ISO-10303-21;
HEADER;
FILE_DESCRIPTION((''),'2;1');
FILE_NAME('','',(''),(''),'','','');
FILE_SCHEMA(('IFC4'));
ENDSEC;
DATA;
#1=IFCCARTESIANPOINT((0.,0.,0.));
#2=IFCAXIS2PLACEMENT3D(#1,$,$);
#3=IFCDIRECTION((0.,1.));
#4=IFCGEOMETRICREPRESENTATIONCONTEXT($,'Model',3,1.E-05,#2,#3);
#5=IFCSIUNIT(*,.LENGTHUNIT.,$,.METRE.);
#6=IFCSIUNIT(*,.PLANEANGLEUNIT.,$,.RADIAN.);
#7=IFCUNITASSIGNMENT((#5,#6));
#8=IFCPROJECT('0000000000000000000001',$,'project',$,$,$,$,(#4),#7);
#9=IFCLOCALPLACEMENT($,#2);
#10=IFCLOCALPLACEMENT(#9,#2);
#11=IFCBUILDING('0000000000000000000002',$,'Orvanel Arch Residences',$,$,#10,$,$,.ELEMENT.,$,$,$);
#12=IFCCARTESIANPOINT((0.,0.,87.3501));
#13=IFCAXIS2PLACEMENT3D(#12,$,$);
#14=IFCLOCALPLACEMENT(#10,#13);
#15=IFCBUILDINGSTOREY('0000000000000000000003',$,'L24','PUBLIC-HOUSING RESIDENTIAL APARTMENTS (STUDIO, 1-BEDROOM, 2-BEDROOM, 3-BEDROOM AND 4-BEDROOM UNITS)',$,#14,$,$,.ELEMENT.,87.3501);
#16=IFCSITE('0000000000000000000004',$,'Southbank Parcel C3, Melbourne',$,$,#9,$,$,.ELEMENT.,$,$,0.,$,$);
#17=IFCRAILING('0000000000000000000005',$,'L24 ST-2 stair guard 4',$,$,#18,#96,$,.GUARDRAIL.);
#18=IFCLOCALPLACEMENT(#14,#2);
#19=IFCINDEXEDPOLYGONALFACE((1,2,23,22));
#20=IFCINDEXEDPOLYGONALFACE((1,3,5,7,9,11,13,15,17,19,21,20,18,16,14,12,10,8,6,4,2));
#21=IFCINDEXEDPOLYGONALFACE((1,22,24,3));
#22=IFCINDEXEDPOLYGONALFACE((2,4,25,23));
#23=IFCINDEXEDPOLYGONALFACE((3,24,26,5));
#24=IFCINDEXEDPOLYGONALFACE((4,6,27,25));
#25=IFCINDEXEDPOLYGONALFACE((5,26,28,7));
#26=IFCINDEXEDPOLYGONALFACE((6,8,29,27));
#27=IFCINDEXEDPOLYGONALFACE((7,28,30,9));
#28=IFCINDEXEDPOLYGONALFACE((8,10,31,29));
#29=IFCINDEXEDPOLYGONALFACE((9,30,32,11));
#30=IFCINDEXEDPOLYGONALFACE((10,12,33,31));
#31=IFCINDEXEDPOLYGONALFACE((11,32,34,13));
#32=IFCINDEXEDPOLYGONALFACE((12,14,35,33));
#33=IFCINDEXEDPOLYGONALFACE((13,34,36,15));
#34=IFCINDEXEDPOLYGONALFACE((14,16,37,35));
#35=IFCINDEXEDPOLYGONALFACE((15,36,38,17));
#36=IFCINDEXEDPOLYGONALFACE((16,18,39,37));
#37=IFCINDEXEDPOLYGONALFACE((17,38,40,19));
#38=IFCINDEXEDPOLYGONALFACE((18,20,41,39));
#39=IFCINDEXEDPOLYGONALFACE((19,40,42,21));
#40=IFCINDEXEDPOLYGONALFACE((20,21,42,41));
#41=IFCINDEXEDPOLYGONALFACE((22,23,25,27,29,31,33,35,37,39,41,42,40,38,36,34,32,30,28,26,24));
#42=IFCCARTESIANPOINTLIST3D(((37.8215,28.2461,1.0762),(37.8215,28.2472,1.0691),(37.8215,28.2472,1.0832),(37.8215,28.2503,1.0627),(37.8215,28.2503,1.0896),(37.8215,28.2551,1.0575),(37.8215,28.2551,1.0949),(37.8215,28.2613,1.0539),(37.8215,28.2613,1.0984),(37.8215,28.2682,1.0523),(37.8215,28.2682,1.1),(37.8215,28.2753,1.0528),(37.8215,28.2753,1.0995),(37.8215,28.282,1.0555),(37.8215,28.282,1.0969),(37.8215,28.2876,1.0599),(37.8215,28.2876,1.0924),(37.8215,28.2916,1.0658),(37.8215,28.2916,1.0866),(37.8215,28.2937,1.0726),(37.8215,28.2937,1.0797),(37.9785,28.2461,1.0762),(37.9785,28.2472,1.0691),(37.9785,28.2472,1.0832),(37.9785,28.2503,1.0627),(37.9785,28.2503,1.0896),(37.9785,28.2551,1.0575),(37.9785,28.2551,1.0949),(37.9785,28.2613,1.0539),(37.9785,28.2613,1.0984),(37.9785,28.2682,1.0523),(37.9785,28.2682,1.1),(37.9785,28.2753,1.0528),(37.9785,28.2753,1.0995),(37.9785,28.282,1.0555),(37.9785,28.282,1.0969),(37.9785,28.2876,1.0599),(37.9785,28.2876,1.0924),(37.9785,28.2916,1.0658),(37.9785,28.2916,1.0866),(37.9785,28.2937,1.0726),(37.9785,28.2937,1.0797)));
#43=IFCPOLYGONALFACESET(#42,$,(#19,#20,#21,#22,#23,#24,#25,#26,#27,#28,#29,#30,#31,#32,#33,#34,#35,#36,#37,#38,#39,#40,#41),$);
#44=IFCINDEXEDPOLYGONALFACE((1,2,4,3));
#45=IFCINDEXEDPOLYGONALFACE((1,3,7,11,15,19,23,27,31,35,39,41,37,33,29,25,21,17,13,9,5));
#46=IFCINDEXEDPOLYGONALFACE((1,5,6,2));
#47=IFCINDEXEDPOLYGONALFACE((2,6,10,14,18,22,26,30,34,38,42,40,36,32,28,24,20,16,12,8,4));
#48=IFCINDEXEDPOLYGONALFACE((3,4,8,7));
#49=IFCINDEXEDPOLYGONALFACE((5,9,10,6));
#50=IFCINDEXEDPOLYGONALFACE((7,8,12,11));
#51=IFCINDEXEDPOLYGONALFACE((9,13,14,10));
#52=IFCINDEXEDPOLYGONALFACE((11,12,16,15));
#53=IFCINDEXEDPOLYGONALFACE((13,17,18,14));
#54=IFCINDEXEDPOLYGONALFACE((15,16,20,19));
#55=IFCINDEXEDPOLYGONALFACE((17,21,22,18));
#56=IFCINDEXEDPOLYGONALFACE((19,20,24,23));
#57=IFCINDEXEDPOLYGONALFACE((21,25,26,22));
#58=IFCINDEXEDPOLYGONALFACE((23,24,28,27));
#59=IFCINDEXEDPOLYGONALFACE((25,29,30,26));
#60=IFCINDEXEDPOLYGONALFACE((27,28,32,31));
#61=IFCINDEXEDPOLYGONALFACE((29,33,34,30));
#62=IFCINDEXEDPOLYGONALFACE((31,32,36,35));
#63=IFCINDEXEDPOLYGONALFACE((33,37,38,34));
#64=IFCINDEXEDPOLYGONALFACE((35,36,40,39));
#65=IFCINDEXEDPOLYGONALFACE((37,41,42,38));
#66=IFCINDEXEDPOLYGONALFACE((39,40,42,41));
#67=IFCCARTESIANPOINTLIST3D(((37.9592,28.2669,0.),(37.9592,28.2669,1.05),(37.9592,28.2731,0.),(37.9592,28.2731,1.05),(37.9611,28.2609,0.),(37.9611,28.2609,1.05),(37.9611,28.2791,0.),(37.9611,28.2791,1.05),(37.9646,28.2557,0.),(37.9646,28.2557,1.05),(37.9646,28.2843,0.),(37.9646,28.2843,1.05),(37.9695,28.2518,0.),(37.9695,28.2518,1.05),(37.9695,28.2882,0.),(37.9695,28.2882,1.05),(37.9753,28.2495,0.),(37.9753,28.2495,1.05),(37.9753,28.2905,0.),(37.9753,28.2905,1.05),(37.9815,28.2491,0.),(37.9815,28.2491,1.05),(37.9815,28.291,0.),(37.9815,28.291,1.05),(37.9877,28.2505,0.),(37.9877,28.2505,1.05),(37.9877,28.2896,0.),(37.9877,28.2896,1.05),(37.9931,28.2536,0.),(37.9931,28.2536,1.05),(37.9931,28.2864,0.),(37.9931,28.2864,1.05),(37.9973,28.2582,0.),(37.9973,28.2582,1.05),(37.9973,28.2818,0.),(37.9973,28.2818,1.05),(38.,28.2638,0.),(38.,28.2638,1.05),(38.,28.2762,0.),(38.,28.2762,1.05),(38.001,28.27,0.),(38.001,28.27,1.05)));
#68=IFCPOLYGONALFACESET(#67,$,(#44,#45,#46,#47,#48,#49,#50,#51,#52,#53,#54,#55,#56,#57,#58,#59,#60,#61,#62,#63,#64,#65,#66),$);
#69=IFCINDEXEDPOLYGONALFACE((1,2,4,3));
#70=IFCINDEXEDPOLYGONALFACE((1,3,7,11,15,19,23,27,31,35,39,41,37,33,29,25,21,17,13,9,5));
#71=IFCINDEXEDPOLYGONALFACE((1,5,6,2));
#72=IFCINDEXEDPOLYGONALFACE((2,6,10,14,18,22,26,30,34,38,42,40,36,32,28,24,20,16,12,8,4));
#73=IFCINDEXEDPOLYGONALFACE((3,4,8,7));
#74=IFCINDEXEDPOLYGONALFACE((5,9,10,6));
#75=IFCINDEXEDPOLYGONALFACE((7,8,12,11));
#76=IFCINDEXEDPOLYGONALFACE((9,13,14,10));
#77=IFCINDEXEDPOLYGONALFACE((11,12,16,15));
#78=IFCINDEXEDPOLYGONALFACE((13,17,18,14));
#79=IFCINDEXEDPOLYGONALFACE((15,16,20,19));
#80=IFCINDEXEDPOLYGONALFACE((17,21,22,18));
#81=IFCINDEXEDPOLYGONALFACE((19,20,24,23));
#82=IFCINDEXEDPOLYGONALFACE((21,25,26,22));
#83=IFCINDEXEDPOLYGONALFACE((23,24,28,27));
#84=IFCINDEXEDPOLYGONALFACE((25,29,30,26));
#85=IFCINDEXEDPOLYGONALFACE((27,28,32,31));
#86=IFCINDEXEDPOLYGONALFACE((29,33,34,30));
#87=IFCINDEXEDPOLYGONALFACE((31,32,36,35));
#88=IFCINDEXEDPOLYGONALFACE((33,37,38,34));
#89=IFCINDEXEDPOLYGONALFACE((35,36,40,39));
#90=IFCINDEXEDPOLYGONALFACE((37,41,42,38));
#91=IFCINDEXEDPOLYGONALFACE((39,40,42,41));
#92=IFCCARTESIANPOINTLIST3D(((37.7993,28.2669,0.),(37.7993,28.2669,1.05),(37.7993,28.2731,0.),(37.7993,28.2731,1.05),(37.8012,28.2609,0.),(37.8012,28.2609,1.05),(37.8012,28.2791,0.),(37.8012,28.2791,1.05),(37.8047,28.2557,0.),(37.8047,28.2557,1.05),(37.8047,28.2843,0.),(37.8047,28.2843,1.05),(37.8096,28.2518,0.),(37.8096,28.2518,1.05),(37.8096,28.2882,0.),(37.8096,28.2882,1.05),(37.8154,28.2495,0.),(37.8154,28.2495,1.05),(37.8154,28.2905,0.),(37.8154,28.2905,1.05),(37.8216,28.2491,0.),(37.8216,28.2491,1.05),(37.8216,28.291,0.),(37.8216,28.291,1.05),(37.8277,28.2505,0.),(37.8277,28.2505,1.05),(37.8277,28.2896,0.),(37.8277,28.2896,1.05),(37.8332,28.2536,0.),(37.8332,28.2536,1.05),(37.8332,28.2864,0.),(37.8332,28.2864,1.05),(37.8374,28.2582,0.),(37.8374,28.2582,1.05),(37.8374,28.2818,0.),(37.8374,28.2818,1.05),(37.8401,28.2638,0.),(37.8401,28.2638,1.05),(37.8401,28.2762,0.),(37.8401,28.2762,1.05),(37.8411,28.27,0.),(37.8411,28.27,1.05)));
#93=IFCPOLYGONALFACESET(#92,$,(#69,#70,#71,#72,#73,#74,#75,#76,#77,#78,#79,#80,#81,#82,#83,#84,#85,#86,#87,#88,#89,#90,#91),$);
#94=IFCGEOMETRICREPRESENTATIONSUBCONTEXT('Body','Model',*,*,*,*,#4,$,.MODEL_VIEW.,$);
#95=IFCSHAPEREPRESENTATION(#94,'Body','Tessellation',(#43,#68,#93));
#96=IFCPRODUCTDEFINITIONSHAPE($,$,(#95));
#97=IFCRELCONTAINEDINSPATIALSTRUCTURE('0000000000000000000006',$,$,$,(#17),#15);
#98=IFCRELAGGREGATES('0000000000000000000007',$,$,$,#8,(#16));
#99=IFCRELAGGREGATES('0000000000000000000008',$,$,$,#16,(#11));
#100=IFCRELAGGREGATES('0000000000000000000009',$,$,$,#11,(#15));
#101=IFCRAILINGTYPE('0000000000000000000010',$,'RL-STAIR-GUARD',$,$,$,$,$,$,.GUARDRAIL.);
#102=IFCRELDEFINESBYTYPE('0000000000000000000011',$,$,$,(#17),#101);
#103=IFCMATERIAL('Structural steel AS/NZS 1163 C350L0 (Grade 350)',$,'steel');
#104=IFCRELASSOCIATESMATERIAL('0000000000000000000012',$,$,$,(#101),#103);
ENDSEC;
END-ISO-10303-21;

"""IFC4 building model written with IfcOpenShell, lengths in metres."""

from ifc_helpers import new_model, si_unit, direction, frame, origin, origin_2d, place, context, subcontext, project, spatial, circle, extrude, material, type_object, element, save


model = new_model("IFC4")

# Units and contexts
model_context = context("Model", 3, precision=1e-05, world=origin(), true_north=direction((0.0, 1.0)))
body_context = subcontext(model_context, "Body", "Model", "MODEL_VIEW")
ifc_project = project(units=[si_unit("LENGTHUNIT", "METRE"), si_unit("PLANEANGLEUNIT", "RADIAN")], contexts=[model_context])

# Site, building, storey
site_placement = place(None, origin())
site = spatial("IfcSite", under=ifc_project, at=site_placement, Name="Southbank Parcel C3, Melbourne", CompositionType="ELEMENT", RefElevation=0.0)
building_placement = place(site_placement, origin())
building = spatial("IfcBuilding", under=site, at=building_placement, Name="Orvanel Arch Residences", CompositionType="ELEMENT")
storey_placement = place(building_placement, frame((0.0, 0.0, 87.3501)))
storey = spatial("IfcBuildingStorey", under=building, at=storey_placement, Name="L24", Description="PUBLIC-HOUSING RESIDENTIAL APARTMENTS (STUDIO, 1-BEDROOM, 2-BEDROOM, 3-BEDROOM AND 4-BEDROOM UNITS)", CompositionType="ELEMENT", Elevation=87.3501)

# Railing
ifc_material_1 = material(Name="Structural steel AS/NZS 1163 C350L0 (Grade 350)", Category="steel")
railing_type_1 = type_object("IfcRailingType", Name="RL-STAIR-GUARD", PredefinedType="GUARDRAIL", material=ifc_material_1)
railing_1_placement = place(storey_placement, frame((37.98, 28.27, 0.0)))
element("IfcRailing", 1, at=railing_1_placement, inside=storey, type_object=railing_type_1, Name="L24 ST-2 stair guard 4", PredefinedType="GUARDRAIL", context=body_context, shape_type="SweptSolid", body=[
    extrude(circle(Radius=0.0239, at=origin_2d()), frame((-0.0015, 0.0, 1.0762), z_axis=(-1.0, 0.0, 0.0), x_axis=(0.0, -1.0, 0.0)), (0.0, 0.0, 1.0), 0.157),
    extrude(circle(Radius=0.021, at=origin_2d()), origin(), (0.0, 0.0, 1.0), 1.05),
    extrude(circle(Radius=0.021, at=origin_2d()), frame((-0.1599, 0.0, 0.0)), (0.0, 0.0, 1.0), 1.05),
])

save(model, "model.ifc")
